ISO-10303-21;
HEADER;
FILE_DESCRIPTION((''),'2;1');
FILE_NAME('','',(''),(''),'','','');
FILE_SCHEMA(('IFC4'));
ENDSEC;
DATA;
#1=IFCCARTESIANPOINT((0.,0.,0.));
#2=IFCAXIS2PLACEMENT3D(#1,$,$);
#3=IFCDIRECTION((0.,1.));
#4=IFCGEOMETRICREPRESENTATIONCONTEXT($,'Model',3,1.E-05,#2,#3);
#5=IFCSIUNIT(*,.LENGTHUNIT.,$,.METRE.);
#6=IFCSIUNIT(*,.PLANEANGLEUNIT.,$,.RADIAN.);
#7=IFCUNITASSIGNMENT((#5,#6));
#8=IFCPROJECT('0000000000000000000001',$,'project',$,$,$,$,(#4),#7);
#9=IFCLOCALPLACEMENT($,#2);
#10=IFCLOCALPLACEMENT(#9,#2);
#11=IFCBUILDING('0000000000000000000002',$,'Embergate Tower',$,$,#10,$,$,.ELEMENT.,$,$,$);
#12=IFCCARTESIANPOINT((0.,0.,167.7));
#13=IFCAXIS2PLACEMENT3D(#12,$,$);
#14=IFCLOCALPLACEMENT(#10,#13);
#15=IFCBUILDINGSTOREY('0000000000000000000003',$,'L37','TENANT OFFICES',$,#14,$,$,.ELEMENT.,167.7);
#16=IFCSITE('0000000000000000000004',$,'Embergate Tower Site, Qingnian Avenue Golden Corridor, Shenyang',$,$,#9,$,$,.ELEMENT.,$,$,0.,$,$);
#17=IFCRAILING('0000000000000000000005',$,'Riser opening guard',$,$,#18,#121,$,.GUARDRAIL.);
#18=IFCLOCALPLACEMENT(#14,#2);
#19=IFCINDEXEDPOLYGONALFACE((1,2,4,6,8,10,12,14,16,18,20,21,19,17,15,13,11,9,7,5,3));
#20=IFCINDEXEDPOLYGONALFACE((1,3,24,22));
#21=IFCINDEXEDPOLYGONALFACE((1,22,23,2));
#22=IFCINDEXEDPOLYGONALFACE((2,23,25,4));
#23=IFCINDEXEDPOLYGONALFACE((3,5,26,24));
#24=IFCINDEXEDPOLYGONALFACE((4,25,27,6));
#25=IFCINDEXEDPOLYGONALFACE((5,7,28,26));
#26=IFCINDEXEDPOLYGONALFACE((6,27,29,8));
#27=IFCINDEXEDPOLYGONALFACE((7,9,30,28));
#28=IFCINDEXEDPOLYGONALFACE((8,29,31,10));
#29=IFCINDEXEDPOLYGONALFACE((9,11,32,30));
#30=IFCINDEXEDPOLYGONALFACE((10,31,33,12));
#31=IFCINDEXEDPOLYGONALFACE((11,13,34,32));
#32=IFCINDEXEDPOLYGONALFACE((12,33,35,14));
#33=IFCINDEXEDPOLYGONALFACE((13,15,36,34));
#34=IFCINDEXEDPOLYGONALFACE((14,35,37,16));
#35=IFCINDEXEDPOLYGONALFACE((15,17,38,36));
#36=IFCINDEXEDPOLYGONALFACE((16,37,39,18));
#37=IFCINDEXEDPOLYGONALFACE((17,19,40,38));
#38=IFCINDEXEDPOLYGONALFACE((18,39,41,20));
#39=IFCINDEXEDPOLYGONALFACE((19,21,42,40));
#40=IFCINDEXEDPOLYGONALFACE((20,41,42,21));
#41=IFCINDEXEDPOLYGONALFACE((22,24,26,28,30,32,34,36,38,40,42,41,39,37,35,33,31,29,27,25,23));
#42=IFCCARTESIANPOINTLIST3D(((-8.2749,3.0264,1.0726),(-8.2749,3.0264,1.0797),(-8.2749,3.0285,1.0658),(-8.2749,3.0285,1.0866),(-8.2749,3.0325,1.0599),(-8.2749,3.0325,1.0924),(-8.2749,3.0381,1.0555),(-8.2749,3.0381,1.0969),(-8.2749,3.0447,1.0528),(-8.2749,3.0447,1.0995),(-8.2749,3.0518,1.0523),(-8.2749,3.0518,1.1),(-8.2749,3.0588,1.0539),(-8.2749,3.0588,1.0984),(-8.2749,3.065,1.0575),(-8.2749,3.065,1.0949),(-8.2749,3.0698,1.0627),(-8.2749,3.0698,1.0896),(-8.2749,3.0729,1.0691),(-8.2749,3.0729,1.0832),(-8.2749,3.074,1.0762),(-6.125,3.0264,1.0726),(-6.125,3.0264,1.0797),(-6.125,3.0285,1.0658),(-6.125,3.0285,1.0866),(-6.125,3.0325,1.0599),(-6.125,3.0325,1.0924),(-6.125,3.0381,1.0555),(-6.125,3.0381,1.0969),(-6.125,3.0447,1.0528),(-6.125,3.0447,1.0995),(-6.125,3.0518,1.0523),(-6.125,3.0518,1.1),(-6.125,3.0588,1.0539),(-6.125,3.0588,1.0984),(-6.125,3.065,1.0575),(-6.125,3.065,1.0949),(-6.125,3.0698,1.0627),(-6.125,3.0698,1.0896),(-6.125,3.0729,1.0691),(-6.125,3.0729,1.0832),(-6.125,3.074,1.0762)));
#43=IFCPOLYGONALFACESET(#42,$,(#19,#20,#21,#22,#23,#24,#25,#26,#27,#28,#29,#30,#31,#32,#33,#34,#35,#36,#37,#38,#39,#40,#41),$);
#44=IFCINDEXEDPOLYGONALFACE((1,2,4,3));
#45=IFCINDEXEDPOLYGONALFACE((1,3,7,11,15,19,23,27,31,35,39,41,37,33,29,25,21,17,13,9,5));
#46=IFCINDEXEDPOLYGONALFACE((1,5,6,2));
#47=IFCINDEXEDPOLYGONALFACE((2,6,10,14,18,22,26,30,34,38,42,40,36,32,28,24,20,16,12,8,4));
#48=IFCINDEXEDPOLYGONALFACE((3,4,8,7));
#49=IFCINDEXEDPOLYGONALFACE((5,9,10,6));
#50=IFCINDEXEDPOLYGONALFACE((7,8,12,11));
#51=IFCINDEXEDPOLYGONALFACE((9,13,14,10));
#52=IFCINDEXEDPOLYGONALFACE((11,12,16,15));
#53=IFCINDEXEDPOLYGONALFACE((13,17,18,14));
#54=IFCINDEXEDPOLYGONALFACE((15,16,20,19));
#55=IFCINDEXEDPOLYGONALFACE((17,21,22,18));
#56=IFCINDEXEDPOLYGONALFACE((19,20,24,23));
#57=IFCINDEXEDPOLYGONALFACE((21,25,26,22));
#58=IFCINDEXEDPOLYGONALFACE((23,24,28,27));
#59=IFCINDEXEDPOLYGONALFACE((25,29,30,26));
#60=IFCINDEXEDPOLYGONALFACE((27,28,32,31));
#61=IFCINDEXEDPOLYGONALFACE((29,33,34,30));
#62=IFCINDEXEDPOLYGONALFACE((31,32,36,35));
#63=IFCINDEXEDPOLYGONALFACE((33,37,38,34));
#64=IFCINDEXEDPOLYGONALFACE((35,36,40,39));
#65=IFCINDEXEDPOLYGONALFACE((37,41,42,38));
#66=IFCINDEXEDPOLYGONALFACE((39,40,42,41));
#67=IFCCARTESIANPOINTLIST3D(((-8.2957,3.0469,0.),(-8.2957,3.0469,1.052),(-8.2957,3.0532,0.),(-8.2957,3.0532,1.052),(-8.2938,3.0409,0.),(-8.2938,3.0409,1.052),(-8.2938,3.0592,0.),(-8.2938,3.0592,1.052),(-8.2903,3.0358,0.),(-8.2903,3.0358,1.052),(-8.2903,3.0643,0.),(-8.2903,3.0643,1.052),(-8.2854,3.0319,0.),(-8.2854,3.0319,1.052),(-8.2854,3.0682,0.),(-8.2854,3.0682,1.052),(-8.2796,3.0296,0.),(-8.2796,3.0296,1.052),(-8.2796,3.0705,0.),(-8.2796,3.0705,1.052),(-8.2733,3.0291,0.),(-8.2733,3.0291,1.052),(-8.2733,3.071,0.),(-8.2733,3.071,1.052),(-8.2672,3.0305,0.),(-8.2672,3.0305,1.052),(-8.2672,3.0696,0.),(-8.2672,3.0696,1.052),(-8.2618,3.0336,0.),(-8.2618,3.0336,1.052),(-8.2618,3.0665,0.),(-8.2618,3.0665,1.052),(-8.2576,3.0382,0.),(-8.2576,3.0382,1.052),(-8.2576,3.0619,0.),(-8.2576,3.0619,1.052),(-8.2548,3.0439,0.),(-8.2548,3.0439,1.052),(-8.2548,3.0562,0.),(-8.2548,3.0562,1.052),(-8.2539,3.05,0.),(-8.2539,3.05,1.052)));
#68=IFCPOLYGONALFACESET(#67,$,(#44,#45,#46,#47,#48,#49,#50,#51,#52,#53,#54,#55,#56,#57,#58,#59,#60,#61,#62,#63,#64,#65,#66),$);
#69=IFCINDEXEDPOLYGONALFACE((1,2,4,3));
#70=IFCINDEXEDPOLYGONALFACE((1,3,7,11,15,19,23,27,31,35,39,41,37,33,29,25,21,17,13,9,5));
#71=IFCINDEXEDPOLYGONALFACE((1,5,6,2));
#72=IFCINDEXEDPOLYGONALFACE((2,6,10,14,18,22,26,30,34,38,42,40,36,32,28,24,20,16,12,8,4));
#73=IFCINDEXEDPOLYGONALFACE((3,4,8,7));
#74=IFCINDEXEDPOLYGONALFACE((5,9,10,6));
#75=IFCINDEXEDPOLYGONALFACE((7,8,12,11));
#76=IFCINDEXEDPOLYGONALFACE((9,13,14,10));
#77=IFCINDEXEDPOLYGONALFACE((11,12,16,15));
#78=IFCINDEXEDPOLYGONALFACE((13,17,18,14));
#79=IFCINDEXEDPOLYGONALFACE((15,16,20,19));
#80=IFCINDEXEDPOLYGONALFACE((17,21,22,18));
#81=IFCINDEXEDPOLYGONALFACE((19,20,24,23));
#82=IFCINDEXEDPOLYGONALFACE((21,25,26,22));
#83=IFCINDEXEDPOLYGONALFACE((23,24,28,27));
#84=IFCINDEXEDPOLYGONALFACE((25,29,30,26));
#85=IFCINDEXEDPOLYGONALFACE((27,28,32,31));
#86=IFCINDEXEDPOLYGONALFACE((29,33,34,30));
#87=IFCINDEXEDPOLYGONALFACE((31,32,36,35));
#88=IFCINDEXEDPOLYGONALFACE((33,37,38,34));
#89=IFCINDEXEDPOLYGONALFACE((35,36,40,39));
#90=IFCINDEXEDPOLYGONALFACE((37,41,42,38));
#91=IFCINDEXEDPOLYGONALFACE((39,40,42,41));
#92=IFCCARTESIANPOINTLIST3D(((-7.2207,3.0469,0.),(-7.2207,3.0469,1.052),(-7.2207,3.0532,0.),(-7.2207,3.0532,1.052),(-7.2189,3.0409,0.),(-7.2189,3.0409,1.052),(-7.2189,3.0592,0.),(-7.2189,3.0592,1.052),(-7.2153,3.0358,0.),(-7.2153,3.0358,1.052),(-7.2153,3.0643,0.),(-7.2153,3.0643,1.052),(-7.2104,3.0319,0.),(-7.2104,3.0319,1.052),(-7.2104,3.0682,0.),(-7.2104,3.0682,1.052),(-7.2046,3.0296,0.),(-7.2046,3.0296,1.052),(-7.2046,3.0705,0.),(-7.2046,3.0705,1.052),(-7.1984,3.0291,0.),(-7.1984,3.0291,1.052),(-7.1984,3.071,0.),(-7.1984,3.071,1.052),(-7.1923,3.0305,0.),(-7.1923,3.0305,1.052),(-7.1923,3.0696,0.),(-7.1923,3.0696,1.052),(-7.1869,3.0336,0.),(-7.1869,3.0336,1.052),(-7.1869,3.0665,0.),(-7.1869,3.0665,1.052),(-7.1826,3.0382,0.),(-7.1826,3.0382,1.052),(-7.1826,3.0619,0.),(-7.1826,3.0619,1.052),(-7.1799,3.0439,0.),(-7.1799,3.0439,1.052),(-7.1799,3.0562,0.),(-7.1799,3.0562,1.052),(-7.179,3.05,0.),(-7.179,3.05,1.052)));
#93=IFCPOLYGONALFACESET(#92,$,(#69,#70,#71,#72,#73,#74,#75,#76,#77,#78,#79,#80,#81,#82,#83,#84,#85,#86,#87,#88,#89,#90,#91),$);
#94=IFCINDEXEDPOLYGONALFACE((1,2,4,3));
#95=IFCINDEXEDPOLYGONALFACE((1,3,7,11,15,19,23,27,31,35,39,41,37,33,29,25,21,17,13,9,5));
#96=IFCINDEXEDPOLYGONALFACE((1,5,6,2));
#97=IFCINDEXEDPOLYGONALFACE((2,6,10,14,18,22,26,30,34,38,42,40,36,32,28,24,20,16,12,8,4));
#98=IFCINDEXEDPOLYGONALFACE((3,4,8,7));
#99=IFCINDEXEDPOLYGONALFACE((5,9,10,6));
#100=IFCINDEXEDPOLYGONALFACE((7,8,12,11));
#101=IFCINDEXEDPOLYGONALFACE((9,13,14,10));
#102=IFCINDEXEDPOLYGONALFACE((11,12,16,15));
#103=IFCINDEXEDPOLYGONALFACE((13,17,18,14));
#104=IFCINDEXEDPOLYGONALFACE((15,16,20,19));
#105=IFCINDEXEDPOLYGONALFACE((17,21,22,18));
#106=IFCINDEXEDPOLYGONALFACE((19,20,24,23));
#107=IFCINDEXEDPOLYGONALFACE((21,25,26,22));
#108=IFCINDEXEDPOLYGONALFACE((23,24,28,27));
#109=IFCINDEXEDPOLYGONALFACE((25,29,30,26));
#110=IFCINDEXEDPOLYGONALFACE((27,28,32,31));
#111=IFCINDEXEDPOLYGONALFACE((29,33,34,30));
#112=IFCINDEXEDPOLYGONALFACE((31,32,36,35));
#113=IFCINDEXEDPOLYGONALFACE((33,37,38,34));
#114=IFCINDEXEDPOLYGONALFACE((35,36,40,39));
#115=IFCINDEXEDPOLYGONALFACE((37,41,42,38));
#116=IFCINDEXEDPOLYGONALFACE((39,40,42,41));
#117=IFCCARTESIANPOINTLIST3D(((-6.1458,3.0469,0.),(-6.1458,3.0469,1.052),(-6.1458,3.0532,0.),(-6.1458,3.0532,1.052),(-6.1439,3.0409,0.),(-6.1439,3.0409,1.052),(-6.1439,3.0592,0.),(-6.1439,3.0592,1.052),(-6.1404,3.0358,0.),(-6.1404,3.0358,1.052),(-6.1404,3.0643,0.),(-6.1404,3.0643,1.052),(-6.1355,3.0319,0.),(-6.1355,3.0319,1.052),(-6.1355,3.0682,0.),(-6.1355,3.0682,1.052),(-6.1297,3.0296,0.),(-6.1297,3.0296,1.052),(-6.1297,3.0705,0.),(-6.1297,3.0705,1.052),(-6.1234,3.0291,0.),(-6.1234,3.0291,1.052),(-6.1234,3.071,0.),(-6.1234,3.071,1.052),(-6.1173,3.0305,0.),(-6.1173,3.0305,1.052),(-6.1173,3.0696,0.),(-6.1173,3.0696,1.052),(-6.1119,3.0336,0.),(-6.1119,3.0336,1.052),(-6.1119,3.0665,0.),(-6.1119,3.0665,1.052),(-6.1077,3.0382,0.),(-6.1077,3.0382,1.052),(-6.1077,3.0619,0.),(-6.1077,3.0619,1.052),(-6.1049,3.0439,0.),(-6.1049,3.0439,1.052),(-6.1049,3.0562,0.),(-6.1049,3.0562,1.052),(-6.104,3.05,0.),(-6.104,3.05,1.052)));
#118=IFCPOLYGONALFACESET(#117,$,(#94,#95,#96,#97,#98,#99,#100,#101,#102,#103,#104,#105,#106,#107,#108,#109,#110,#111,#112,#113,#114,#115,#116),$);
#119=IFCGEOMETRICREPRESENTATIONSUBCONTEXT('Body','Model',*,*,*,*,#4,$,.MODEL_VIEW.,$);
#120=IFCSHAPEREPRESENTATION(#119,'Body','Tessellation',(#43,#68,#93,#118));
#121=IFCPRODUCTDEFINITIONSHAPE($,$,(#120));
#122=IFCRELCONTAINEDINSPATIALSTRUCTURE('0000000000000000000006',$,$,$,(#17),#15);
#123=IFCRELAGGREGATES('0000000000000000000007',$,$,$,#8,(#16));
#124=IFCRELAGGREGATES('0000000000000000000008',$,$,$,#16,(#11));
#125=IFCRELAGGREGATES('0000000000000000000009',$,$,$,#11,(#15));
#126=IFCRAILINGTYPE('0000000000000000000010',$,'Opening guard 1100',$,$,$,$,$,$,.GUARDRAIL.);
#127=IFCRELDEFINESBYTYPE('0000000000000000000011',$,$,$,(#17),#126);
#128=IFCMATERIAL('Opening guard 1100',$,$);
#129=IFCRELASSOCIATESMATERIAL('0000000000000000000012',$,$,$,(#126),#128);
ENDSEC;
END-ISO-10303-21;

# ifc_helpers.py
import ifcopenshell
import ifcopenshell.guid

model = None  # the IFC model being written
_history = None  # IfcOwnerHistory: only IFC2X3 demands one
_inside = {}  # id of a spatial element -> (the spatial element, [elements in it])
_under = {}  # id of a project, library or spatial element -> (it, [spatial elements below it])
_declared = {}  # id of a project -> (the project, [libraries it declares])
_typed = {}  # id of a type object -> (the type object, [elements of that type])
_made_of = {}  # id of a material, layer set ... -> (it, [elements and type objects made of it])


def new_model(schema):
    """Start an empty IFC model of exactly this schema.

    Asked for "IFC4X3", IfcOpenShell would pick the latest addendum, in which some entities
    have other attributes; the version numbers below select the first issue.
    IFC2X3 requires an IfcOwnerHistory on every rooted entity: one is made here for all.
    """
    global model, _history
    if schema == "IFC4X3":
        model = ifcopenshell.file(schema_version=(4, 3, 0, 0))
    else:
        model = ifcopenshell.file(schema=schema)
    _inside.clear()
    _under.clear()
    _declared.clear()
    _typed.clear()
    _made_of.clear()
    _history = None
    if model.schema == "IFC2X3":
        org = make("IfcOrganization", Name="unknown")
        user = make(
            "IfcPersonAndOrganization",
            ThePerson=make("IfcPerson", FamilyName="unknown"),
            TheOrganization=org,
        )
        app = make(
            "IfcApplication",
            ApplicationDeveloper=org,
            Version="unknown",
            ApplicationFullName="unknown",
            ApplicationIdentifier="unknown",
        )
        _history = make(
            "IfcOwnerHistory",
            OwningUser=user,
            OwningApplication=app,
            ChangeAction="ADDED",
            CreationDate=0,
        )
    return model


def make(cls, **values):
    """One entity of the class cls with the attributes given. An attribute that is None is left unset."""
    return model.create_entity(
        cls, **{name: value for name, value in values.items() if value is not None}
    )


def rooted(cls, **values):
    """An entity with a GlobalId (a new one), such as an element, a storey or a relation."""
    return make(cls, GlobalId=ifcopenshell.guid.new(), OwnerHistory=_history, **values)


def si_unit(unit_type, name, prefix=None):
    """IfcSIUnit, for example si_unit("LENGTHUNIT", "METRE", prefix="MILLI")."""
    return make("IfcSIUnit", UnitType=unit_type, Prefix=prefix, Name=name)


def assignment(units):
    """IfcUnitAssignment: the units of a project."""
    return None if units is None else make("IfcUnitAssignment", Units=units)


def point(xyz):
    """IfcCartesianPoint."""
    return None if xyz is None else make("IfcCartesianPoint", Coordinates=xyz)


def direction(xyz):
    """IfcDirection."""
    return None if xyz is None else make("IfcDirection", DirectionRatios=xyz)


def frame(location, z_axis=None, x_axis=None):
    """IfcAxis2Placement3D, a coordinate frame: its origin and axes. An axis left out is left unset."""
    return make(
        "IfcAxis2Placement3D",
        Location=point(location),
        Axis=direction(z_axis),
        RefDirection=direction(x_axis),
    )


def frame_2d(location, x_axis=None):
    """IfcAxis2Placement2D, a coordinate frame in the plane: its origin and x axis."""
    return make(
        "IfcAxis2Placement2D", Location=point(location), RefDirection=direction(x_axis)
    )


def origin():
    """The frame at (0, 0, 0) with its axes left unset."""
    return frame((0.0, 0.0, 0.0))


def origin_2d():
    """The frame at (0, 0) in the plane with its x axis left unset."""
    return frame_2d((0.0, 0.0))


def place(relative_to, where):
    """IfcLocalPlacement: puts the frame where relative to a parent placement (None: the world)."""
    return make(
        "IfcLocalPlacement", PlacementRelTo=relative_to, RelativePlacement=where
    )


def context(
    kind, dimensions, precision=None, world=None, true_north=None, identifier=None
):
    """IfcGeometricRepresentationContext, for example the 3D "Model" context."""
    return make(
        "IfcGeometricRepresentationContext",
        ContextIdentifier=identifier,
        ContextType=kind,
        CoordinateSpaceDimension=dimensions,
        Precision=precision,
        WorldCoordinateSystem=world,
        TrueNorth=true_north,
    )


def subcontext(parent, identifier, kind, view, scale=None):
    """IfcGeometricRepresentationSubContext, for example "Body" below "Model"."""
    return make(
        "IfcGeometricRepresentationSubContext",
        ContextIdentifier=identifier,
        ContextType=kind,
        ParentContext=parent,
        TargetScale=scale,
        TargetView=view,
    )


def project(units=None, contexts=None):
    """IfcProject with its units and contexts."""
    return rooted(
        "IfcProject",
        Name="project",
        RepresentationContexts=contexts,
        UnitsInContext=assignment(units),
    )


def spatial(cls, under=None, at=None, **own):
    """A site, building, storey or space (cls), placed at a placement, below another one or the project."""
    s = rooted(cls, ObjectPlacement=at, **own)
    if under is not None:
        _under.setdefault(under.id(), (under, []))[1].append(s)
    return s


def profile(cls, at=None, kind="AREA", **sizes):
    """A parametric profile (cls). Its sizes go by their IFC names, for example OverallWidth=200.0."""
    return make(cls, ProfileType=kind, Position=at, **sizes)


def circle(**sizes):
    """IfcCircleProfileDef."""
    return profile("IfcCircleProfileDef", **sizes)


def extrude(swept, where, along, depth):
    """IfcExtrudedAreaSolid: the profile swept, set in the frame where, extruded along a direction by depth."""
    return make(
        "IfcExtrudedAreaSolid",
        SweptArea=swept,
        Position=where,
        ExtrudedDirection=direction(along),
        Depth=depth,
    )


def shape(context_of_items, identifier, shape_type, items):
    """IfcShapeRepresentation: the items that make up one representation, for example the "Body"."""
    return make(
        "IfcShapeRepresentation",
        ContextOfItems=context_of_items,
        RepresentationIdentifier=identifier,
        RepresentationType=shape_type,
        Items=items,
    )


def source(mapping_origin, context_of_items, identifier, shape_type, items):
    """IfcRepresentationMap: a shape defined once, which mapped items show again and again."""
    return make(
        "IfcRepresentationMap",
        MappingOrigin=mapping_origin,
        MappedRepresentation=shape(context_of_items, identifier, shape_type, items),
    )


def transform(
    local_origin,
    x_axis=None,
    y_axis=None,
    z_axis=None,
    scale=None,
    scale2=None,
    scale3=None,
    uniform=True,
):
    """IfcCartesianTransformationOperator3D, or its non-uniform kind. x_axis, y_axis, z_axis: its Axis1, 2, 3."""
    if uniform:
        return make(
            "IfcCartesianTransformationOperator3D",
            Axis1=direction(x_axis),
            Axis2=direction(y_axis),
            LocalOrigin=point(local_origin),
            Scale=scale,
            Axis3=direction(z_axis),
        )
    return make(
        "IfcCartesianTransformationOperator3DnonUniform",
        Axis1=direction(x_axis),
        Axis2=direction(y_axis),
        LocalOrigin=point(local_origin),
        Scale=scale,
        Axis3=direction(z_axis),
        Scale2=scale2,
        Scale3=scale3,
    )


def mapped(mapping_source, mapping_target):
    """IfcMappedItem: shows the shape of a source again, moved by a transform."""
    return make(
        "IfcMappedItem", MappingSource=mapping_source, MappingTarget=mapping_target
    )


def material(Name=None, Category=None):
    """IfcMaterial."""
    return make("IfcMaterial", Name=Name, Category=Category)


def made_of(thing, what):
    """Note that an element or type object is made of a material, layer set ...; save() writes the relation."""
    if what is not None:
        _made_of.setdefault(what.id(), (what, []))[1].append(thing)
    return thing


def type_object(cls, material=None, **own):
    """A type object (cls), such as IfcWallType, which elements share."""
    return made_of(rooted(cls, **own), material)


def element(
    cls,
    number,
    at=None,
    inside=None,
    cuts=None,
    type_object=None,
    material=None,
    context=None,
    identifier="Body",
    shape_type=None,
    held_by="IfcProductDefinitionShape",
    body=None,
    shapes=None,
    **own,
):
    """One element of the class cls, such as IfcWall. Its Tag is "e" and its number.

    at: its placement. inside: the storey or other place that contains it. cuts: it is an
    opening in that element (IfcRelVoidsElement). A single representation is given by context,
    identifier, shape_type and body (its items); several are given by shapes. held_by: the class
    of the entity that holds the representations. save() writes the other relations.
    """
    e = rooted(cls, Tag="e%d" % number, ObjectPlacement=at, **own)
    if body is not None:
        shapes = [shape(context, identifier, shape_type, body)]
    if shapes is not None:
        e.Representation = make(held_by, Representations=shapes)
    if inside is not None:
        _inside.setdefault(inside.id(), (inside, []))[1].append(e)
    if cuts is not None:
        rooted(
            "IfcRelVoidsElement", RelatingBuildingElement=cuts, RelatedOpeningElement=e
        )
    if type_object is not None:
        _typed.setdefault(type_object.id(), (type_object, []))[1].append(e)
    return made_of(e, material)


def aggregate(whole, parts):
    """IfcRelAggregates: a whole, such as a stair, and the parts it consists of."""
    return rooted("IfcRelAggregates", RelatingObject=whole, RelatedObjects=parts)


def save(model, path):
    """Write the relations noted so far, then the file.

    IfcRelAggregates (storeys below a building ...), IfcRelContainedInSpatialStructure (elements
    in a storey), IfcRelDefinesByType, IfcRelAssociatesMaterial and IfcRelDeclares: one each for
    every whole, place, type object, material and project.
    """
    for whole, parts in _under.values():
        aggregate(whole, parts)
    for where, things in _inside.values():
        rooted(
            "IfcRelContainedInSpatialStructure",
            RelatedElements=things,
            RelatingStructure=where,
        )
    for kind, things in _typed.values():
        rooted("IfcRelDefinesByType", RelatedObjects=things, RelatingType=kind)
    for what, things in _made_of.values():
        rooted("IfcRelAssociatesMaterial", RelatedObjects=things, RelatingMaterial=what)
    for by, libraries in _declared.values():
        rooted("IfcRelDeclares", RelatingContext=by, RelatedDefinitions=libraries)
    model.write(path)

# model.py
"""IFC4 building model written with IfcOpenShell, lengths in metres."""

from ifc_helpers import new_model, si_unit, direction, frame, origin, origin_2d, place, context, subcontext, project, spatial, circle, extrude, source, transform, mapped, material, type_object, element, save


model = new_model("IFC4")

# Units and contexts
model_context = context("Model", 3, precision=1e-05, world=origin(), true_north=direction((0.0, 1.0)))
body_context = subcontext(model_context, "Body", "Model", "MODEL_VIEW")
ifc_project = project(units=[si_unit("LENGTHUNIT", "METRE"), si_unit("PLANEANGLEUNIT", "RADIAN")], contexts=[model_context])

# Site, building, storey
site_placement = place(None, origin())
site = spatial("IfcSite", under=ifc_project, at=site_placement, Name="Embergate Tower Site, Qingnian Avenue Golden Corridor, Shenyang", CompositionType="ELEMENT", RefElevation=0.0)
building_placement = place(site_placement, origin())
building = spatial("IfcBuilding", under=site, at=building_placement, Name="Embergate Tower", CompositionType="ELEMENT")
storey_placement = place(building_placement, frame((0.0, 0.0, 167.7)))
storey = spatial("IfcBuildingStorey", under=building, at=storey_placement, Name="L37", Description="TENANT OFFICES", CompositionType="ELEMENT", Elevation=167.7)

# Railing
ifc_material_1 = material(Name="Opening guard 1100")
railing_type_1 = type_object("IfcRailingType", Name="Opening guard 1100", PredefinedType="GUARDRAIL", material=ifc_material_1)
shared_shape_1 = source(origin(), body_context, "Body", "SweptSolid", [
    extrude(circle(Radius=0.0239, at=origin_2d()), frame((0.0, 0.0, 1.0762), z_axis=(1.0, 0.0, 0.0), x_axis=(0.0, 1.0, 0.0)), (0.0, 0.0, 1.0), 2.1499),
    extrude(circle(Radius=0.021, at=origin_2d()), origin(), (0.0, 0.0, 1.0), 1.052),
    extrude(circle(Radius=0.021, at=origin_2d()), frame((1.075, 0.0, 0.0)), (0.0, 0.0, 1.0), 1.052),
    extrude(circle(Radius=0.021, at=origin_2d()), frame((2.1499, 0.0, 0.0)), (0.0, 0.0, 1.0), 1.052),
])
railing_1_placement = place(storey_placement, frame((-8.2749, 3.05, 0.0)))
element("IfcRailing", 1, at=railing_1_placement, inside=storey, type_object=railing_type_1, Name="Riser opening guard", PredefinedType="GUARDRAIL", context=body_context, shape_type="MappedRepresentation", body=[
    mapped(shared_shape_1, transform((0.0, 0.0, 0.0))),
])

save(model, "model.ifc")
